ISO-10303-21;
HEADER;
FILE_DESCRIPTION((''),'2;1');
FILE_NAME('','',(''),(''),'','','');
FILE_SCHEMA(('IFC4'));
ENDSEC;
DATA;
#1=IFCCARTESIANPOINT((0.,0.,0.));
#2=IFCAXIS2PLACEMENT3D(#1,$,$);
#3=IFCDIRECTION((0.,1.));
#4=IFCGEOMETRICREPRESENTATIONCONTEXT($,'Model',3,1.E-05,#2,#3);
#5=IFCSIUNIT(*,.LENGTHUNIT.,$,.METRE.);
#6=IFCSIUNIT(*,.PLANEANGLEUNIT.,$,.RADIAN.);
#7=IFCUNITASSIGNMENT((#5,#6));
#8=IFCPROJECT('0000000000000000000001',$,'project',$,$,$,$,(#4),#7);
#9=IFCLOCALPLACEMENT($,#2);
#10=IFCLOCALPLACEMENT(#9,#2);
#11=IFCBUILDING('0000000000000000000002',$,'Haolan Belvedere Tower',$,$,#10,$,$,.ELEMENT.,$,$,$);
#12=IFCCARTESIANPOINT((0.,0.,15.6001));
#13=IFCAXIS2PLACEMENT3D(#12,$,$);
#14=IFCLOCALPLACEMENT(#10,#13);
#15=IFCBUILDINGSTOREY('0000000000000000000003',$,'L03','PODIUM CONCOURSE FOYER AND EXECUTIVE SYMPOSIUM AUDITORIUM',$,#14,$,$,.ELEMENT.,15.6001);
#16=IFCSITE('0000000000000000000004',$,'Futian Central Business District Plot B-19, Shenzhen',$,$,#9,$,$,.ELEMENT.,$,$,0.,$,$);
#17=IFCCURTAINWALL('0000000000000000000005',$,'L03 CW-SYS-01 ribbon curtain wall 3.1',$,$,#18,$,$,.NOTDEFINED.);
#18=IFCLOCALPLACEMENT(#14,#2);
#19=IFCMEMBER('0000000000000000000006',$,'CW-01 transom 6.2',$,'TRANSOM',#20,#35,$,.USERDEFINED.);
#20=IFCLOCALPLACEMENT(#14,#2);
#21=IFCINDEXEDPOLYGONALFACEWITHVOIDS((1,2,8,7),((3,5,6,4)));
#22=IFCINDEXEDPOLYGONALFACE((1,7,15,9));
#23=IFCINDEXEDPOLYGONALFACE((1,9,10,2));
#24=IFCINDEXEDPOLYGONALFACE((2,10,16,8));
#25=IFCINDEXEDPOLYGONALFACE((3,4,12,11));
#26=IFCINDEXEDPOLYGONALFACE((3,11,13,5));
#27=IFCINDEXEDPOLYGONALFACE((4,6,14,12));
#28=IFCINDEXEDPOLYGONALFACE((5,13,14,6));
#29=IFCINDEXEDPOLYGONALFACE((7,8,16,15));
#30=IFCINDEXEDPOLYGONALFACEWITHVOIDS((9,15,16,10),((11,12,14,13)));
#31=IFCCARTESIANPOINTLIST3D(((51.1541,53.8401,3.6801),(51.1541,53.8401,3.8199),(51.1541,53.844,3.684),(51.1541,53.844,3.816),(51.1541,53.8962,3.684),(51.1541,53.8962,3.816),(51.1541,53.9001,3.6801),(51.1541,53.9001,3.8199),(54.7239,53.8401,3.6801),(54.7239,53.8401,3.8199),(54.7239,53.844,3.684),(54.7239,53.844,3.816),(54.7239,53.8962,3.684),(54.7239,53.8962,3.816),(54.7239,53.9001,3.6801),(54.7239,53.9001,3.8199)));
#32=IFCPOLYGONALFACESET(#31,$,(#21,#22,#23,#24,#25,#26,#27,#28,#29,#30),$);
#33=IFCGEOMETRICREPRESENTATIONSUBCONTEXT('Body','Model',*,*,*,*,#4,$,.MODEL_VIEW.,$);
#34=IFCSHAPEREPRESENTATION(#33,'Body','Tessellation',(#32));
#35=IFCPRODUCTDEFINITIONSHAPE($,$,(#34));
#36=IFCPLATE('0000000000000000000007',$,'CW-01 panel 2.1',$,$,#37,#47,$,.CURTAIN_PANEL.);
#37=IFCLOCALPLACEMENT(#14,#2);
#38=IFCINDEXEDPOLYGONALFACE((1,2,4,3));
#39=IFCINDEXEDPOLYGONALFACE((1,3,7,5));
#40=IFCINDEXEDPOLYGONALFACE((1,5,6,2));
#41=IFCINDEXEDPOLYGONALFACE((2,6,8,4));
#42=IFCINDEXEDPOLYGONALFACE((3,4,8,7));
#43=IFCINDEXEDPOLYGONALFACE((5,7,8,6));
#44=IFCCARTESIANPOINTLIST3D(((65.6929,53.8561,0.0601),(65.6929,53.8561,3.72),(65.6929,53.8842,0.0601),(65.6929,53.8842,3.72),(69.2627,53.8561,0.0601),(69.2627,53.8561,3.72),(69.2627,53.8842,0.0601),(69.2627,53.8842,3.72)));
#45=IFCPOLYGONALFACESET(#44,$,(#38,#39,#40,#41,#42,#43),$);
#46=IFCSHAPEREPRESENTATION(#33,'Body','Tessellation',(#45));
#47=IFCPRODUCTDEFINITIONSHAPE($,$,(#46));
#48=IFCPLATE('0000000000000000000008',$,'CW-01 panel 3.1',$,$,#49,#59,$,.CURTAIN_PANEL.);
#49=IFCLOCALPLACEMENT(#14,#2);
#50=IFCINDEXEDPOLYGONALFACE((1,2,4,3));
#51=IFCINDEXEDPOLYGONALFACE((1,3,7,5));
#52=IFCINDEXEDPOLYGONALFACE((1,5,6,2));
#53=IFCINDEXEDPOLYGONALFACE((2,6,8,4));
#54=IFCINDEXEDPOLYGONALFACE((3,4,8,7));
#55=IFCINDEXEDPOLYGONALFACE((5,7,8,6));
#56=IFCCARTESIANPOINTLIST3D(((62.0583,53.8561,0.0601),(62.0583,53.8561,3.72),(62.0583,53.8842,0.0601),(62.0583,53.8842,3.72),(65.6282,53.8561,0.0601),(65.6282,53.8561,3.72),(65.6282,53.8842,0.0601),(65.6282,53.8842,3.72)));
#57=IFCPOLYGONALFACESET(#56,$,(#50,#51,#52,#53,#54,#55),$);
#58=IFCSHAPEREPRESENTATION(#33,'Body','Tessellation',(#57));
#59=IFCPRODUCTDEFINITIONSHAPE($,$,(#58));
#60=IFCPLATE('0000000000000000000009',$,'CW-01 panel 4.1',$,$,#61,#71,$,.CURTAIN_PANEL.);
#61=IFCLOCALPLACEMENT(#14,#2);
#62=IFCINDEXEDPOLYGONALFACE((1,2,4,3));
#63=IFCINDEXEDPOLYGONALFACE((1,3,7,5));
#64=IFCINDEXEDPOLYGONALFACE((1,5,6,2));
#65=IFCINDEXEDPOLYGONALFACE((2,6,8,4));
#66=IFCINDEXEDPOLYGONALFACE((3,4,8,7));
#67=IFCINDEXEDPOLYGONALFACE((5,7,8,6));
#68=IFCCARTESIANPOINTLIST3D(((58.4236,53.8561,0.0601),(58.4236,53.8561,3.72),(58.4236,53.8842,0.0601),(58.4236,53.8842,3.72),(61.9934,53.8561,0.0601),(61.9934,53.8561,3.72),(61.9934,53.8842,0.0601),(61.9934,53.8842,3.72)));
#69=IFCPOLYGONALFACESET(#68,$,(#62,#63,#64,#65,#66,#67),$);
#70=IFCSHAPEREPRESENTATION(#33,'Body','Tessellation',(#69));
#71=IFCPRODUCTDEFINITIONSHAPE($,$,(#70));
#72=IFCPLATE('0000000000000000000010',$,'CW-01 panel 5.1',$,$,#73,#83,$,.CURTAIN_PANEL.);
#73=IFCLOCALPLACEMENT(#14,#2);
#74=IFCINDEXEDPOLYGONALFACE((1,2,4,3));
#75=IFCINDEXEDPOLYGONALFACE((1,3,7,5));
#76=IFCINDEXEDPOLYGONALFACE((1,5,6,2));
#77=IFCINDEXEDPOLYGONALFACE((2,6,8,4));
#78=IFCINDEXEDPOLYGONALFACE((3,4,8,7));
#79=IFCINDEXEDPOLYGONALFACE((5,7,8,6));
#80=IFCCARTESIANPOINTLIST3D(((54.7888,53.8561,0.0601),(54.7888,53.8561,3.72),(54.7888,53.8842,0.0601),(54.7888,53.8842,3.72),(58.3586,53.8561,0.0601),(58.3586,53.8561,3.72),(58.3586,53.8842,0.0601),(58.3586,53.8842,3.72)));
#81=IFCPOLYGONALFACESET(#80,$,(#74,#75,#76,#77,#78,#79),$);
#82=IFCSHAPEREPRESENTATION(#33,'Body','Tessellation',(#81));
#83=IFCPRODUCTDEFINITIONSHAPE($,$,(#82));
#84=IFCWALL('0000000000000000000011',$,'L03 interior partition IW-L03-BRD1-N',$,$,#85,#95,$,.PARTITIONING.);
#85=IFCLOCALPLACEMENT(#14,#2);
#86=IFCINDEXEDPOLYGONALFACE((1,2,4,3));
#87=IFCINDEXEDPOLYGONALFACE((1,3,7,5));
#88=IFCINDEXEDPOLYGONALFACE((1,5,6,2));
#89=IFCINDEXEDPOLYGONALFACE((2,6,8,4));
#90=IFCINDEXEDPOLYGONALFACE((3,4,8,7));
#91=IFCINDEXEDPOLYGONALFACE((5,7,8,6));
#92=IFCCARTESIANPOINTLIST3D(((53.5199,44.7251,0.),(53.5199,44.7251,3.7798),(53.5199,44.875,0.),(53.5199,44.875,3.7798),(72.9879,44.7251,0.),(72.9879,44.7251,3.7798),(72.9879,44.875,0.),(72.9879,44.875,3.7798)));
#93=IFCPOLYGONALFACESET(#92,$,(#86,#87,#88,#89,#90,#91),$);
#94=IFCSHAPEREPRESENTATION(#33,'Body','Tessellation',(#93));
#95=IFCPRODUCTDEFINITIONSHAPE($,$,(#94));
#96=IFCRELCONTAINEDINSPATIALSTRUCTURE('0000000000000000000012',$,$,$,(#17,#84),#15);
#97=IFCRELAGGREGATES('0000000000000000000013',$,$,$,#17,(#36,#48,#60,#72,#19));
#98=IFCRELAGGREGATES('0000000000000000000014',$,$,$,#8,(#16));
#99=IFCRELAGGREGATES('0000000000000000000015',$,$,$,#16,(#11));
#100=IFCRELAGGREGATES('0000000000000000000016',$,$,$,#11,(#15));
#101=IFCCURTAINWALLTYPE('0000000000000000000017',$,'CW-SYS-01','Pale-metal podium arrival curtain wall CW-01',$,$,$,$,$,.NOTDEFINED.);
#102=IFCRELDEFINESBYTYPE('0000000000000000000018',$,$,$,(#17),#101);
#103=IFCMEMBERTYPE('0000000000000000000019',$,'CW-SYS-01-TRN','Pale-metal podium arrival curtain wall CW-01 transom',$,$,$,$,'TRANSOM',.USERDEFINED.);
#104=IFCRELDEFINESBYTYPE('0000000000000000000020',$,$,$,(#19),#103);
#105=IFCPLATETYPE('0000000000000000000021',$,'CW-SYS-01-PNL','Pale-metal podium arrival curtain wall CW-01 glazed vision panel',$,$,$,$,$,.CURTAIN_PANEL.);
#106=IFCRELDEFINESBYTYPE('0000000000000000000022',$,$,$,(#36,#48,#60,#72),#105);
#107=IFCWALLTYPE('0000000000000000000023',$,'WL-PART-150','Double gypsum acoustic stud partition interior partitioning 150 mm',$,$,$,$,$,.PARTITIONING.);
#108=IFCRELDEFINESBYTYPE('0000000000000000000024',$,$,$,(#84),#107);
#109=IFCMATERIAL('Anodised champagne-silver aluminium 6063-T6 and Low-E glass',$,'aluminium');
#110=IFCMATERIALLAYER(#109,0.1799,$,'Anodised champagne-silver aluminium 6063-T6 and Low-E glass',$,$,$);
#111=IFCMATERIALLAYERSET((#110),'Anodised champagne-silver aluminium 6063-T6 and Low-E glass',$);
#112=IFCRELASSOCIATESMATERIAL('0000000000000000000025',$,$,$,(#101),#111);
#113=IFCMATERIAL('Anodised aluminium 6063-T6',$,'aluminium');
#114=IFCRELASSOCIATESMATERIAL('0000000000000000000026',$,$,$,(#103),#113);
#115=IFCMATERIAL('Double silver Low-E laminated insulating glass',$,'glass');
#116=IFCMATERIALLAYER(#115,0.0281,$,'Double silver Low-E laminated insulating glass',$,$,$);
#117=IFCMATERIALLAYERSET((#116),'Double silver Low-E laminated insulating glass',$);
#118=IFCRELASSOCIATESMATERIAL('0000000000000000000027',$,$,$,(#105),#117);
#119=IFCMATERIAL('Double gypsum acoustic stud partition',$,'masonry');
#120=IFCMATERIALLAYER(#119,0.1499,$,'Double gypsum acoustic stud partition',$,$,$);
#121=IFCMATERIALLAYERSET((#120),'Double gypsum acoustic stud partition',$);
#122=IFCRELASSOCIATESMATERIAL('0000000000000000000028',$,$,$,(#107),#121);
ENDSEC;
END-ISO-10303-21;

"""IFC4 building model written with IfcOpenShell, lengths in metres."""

from ifc_helpers import new_model, si_unit, direction, frame, frame_2d, origin, origin_2d, place, context, subcontext, project, spatial, rectangle, hollow_rectangle, extrude, material, layer, layer_set, material_profile, profile_set, type_object, element, aggregate, save


model = new_model("IFC4")

# Units and contexts
model_context = context("Model", 3, precision=1e-05, world=origin(), true_north=direction((0.0, 1.0)))
body_context = subcontext(model_context, "Body", "Model", "MODEL_VIEW")
ifc_project = project(units=[si_unit("LENGTHUNIT", "METRE"), si_unit("PLANEANGLEUNIT", "RADIAN")], contexts=[model_context])

# Site, building, storey
site_placement = place(None, origin())
site = spatial("IfcSite", under=ifc_project, at=site_placement, Name="Futian Central Business District Plot B-19, Shenzhen", CompositionType="ELEMENT", RefElevation=0.0)
building_placement = place(site_placement, origin())
building = spatial("IfcBuilding", under=site, at=building_placement, Name="Haolan Belvedere Tower", CompositionType="ELEMENT")
storey_placement = place(building_placement, frame((0.0, 0.0, 15.6001)))
storey = spatial("IfcBuildingStorey", under=building, at=storey_placement, Name="L03", Description="PODIUM CONCOURSE FOYER AND EXECUTIVE SYMPOSIUM AUDITORIUM", CompositionType="ELEMENT", Elevation=15.6001)

# Curtain wall, member, plates
ifc_material_1 = material(Name="Anodised champagne-silver aluminium 6063-T6 and Low-E glass", Category="aluminium")
ifc_layer_1 = layer(ifc_material_1, 0.1799, Name="Anodised champagne-silver aluminium 6063-T6 and Low-E glass")
ifc_layer_set_1 = layer_set([ifc_layer_1], Name="Anodised champagne-silver aluminium 6063-T6 and Low-E glass")
curtain_wall_type = type_object("IfcCurtainWallType", Name="CW-SYS-01", Description="Pale-metal podium arrival curtain wall CW-01", PredefinedType="NOTDEFINED", material=ifc_layer_set_1)
curtain_wall_placement = place(storey_placement, origin())
curtain_wall = element("IfcCurtainWall", 1, at=curtain_wall_placement, inside=storey, type_object=curtain_wall_type, Name="L03 CW-SYS-01 ribbon curtain wall 3.1", PredefinedType="NOTDEFINED")
ifc_material_2 = material(Name="Anodised aluminium 6063-T6", Category="aluminium")
ifc_material_profile_1 = material_profile(ifc_material_2, hollow_rectangle(XDim=0.0601, YDim=0.1399, WallThickness=0.0039, at=origin_2d()), Name="Anodised aluminium 6063-T6")
ifc_profile_set_1 = profile_set([ifc_material_profile_1], Name="Anodised aluminium 6063-T6")
member_type_1 = type_object("IfcMemberType", Name="CW-SYS-01-TRN", Description="Pale-metal podium arrival curtain wall CW-01 transom", ElementType="TRANSOM", PredefinedType="USERDEFINED", material=ifc_profile_set_1)
member_1_placement = place(storey_placement, frame((54.7239, 53.8701, 3.75), z_axis=(-1.0, 0.0, 0.0), x_axis=(0.0, -1.0, 0.0)))
member_1 = element("IfcMember", 2, at=member_1_placement, type_object=member_type_1, Name="CW-01 transom 6.2", ObjectType="TRANSOM", PredefinedType="USERDEFINED", context=body_context, shape_type="SweptSolid", body=[
    extrude(hollow_rectangle(XDim=0.0601, YDim=0.1399, WallThickness=0.0039, at=origin_2d()), origin(), (0.0, 0.0, 1.0), 3.5698),
])
ifc_material_3 = material(Name="Double silver Low-E laminated insulating glass", Category="glass")
ifc_layer_2 = layer(ifc_material_3, 0.0281, Name="Double silver Low-E laminated insulating glass")
ifc_layer_set_2 = layer_set([ifc_layer_2], Name="Double silver Low-E laminated insulating glass")
plate_type = type_object("IfcPlateType", Name="CW-SYS-01-PNL", Description="Pale-metal podium arrival curtain wall CW-01 glazed vision panel", PredefinedType="CURTAIN_PANEL", material=ifc_layer_set_2)
plate_1_placement = place(storey_placement, frame((67.4778, 53.8701, 0.0601), z_axis=(0.0, 0.0, 1.0), x_axis=(-1.0, 0.0, 0.0)))
plate_1 = element("IfcPlate", 3, at=plate_1_placement, type_object=plate_type, Name="CW-01 panel 2.1", PredefinedType="CURTAIN_PANEL", context=body_context, shape_type="SweptSolid", body=[
    extrude(rectangle(XDim=3.5698, YDim=0.0281, at=origin_2d()), origin(), (0.0, 0.0, 1.0), 3.6599),
])
plate_2_placement = place(storey_placement, frame((63.8433, 53.8701, 0.0601), z_axis=(0.0, 0.0, 1.0), x_axis=(-1.0, 0.0, 0.0)))
plate_2 = element("IfcPlate", 4, at=plate_2_placement, type_object=plate_type, Name="CW-01 panel 3.1", PredefinedType="CURTAIN_PANEL", context=body_context, shape_type="SweptSolid", body=[
    extrude(rectangle(XDim=3.5698, YDim=0.0281, at=origin_2d()), origin(), (0.0, 0.0, 1.0), 3.6599),
])
plate_3_placement = place(storey_placement, frame((60.2085, 53.8701, 0.0601), z_axis=(0.0, 0.0, 1.0), x_axis=(-1.0, 0.0, 0.0)))
plate_3 = element("IfcPlate", 5, at=plate_3_placement, type_object=plate_type, Name="CW-01 panel 4.1", PredefinedType="CURTAIN_PANEL", context=body_context, shape_type="SweptSolid", body=[
    extrude(rectangle(XDim=3.5698, YDim=0.0281, at=origin_2d()), origin(), (0.0, 0.0, 1.0), 3.6599),
])
plate_4_placement = place(storey_placement, frame((56.5737, 53.8701, 0.0601), z_axis=(0.0, 0.0, 1.0), x_axis=(-1.0, 0.0, 0.0)))
plate_4 = element("IfcPlate", 6, at=plate_4_placement, type_object=plate_type, Name="CW-01 panel 5.1", PredefinedType="CURTAIN_PANEL", context=body_context, shape_type="SweptSolid", body=[
    extrude(rectangle(XDim=3.5698, YDim=0.0281, at=origin_2d()), origin(), (0.0, 0.0, 1.0), 3.6599),
])
aggregate(curtain_wall, [plate_1, plate_2, plate_3, plate_4, member_1])

# Wall
ifc_material_4 = material(Name="Double gypsum acoustic stud partition", Category="masonry")
ifc_layer_3 = layer(ifc_material_4, 0.1499, Name="Double gypsum acoustic stud partition")
ifc_layer_set_3 = layer_set([ifc_layer_3], Name="Double gypsum acoustic stud partition")
wall_type = type_object("IfcWallType", Name="WL-PART-150", Description="Double gypsum acoustic stud partition interior partitioning 150 mm", PredefinedType="PARTITIONING", material=ifc_layer_set_3)
wall_placement = place(storey_placement, frame((53.52, 44.8, 0.0), z_axis=(0.0, 0.0, 1.0), x_axis=(1.0, 0.0, 0.0)))
element("IfcWall", 7, at=wall_placement, inside=storey, type_object=wall_type, Name="L03 interior partition IW-L03-BRD1-N", PredefinedType="PARTITIONING", context=body_context, shape_type="SweptSolid", body=[
    extrude(rectangle(XDim=19.468, YDim=0.1499, at=frame_2d((9.7339, 0.0))), origin(), (0.0, 0.0, 1.0), 3.7798),
])

save(model, "model.ifc")
